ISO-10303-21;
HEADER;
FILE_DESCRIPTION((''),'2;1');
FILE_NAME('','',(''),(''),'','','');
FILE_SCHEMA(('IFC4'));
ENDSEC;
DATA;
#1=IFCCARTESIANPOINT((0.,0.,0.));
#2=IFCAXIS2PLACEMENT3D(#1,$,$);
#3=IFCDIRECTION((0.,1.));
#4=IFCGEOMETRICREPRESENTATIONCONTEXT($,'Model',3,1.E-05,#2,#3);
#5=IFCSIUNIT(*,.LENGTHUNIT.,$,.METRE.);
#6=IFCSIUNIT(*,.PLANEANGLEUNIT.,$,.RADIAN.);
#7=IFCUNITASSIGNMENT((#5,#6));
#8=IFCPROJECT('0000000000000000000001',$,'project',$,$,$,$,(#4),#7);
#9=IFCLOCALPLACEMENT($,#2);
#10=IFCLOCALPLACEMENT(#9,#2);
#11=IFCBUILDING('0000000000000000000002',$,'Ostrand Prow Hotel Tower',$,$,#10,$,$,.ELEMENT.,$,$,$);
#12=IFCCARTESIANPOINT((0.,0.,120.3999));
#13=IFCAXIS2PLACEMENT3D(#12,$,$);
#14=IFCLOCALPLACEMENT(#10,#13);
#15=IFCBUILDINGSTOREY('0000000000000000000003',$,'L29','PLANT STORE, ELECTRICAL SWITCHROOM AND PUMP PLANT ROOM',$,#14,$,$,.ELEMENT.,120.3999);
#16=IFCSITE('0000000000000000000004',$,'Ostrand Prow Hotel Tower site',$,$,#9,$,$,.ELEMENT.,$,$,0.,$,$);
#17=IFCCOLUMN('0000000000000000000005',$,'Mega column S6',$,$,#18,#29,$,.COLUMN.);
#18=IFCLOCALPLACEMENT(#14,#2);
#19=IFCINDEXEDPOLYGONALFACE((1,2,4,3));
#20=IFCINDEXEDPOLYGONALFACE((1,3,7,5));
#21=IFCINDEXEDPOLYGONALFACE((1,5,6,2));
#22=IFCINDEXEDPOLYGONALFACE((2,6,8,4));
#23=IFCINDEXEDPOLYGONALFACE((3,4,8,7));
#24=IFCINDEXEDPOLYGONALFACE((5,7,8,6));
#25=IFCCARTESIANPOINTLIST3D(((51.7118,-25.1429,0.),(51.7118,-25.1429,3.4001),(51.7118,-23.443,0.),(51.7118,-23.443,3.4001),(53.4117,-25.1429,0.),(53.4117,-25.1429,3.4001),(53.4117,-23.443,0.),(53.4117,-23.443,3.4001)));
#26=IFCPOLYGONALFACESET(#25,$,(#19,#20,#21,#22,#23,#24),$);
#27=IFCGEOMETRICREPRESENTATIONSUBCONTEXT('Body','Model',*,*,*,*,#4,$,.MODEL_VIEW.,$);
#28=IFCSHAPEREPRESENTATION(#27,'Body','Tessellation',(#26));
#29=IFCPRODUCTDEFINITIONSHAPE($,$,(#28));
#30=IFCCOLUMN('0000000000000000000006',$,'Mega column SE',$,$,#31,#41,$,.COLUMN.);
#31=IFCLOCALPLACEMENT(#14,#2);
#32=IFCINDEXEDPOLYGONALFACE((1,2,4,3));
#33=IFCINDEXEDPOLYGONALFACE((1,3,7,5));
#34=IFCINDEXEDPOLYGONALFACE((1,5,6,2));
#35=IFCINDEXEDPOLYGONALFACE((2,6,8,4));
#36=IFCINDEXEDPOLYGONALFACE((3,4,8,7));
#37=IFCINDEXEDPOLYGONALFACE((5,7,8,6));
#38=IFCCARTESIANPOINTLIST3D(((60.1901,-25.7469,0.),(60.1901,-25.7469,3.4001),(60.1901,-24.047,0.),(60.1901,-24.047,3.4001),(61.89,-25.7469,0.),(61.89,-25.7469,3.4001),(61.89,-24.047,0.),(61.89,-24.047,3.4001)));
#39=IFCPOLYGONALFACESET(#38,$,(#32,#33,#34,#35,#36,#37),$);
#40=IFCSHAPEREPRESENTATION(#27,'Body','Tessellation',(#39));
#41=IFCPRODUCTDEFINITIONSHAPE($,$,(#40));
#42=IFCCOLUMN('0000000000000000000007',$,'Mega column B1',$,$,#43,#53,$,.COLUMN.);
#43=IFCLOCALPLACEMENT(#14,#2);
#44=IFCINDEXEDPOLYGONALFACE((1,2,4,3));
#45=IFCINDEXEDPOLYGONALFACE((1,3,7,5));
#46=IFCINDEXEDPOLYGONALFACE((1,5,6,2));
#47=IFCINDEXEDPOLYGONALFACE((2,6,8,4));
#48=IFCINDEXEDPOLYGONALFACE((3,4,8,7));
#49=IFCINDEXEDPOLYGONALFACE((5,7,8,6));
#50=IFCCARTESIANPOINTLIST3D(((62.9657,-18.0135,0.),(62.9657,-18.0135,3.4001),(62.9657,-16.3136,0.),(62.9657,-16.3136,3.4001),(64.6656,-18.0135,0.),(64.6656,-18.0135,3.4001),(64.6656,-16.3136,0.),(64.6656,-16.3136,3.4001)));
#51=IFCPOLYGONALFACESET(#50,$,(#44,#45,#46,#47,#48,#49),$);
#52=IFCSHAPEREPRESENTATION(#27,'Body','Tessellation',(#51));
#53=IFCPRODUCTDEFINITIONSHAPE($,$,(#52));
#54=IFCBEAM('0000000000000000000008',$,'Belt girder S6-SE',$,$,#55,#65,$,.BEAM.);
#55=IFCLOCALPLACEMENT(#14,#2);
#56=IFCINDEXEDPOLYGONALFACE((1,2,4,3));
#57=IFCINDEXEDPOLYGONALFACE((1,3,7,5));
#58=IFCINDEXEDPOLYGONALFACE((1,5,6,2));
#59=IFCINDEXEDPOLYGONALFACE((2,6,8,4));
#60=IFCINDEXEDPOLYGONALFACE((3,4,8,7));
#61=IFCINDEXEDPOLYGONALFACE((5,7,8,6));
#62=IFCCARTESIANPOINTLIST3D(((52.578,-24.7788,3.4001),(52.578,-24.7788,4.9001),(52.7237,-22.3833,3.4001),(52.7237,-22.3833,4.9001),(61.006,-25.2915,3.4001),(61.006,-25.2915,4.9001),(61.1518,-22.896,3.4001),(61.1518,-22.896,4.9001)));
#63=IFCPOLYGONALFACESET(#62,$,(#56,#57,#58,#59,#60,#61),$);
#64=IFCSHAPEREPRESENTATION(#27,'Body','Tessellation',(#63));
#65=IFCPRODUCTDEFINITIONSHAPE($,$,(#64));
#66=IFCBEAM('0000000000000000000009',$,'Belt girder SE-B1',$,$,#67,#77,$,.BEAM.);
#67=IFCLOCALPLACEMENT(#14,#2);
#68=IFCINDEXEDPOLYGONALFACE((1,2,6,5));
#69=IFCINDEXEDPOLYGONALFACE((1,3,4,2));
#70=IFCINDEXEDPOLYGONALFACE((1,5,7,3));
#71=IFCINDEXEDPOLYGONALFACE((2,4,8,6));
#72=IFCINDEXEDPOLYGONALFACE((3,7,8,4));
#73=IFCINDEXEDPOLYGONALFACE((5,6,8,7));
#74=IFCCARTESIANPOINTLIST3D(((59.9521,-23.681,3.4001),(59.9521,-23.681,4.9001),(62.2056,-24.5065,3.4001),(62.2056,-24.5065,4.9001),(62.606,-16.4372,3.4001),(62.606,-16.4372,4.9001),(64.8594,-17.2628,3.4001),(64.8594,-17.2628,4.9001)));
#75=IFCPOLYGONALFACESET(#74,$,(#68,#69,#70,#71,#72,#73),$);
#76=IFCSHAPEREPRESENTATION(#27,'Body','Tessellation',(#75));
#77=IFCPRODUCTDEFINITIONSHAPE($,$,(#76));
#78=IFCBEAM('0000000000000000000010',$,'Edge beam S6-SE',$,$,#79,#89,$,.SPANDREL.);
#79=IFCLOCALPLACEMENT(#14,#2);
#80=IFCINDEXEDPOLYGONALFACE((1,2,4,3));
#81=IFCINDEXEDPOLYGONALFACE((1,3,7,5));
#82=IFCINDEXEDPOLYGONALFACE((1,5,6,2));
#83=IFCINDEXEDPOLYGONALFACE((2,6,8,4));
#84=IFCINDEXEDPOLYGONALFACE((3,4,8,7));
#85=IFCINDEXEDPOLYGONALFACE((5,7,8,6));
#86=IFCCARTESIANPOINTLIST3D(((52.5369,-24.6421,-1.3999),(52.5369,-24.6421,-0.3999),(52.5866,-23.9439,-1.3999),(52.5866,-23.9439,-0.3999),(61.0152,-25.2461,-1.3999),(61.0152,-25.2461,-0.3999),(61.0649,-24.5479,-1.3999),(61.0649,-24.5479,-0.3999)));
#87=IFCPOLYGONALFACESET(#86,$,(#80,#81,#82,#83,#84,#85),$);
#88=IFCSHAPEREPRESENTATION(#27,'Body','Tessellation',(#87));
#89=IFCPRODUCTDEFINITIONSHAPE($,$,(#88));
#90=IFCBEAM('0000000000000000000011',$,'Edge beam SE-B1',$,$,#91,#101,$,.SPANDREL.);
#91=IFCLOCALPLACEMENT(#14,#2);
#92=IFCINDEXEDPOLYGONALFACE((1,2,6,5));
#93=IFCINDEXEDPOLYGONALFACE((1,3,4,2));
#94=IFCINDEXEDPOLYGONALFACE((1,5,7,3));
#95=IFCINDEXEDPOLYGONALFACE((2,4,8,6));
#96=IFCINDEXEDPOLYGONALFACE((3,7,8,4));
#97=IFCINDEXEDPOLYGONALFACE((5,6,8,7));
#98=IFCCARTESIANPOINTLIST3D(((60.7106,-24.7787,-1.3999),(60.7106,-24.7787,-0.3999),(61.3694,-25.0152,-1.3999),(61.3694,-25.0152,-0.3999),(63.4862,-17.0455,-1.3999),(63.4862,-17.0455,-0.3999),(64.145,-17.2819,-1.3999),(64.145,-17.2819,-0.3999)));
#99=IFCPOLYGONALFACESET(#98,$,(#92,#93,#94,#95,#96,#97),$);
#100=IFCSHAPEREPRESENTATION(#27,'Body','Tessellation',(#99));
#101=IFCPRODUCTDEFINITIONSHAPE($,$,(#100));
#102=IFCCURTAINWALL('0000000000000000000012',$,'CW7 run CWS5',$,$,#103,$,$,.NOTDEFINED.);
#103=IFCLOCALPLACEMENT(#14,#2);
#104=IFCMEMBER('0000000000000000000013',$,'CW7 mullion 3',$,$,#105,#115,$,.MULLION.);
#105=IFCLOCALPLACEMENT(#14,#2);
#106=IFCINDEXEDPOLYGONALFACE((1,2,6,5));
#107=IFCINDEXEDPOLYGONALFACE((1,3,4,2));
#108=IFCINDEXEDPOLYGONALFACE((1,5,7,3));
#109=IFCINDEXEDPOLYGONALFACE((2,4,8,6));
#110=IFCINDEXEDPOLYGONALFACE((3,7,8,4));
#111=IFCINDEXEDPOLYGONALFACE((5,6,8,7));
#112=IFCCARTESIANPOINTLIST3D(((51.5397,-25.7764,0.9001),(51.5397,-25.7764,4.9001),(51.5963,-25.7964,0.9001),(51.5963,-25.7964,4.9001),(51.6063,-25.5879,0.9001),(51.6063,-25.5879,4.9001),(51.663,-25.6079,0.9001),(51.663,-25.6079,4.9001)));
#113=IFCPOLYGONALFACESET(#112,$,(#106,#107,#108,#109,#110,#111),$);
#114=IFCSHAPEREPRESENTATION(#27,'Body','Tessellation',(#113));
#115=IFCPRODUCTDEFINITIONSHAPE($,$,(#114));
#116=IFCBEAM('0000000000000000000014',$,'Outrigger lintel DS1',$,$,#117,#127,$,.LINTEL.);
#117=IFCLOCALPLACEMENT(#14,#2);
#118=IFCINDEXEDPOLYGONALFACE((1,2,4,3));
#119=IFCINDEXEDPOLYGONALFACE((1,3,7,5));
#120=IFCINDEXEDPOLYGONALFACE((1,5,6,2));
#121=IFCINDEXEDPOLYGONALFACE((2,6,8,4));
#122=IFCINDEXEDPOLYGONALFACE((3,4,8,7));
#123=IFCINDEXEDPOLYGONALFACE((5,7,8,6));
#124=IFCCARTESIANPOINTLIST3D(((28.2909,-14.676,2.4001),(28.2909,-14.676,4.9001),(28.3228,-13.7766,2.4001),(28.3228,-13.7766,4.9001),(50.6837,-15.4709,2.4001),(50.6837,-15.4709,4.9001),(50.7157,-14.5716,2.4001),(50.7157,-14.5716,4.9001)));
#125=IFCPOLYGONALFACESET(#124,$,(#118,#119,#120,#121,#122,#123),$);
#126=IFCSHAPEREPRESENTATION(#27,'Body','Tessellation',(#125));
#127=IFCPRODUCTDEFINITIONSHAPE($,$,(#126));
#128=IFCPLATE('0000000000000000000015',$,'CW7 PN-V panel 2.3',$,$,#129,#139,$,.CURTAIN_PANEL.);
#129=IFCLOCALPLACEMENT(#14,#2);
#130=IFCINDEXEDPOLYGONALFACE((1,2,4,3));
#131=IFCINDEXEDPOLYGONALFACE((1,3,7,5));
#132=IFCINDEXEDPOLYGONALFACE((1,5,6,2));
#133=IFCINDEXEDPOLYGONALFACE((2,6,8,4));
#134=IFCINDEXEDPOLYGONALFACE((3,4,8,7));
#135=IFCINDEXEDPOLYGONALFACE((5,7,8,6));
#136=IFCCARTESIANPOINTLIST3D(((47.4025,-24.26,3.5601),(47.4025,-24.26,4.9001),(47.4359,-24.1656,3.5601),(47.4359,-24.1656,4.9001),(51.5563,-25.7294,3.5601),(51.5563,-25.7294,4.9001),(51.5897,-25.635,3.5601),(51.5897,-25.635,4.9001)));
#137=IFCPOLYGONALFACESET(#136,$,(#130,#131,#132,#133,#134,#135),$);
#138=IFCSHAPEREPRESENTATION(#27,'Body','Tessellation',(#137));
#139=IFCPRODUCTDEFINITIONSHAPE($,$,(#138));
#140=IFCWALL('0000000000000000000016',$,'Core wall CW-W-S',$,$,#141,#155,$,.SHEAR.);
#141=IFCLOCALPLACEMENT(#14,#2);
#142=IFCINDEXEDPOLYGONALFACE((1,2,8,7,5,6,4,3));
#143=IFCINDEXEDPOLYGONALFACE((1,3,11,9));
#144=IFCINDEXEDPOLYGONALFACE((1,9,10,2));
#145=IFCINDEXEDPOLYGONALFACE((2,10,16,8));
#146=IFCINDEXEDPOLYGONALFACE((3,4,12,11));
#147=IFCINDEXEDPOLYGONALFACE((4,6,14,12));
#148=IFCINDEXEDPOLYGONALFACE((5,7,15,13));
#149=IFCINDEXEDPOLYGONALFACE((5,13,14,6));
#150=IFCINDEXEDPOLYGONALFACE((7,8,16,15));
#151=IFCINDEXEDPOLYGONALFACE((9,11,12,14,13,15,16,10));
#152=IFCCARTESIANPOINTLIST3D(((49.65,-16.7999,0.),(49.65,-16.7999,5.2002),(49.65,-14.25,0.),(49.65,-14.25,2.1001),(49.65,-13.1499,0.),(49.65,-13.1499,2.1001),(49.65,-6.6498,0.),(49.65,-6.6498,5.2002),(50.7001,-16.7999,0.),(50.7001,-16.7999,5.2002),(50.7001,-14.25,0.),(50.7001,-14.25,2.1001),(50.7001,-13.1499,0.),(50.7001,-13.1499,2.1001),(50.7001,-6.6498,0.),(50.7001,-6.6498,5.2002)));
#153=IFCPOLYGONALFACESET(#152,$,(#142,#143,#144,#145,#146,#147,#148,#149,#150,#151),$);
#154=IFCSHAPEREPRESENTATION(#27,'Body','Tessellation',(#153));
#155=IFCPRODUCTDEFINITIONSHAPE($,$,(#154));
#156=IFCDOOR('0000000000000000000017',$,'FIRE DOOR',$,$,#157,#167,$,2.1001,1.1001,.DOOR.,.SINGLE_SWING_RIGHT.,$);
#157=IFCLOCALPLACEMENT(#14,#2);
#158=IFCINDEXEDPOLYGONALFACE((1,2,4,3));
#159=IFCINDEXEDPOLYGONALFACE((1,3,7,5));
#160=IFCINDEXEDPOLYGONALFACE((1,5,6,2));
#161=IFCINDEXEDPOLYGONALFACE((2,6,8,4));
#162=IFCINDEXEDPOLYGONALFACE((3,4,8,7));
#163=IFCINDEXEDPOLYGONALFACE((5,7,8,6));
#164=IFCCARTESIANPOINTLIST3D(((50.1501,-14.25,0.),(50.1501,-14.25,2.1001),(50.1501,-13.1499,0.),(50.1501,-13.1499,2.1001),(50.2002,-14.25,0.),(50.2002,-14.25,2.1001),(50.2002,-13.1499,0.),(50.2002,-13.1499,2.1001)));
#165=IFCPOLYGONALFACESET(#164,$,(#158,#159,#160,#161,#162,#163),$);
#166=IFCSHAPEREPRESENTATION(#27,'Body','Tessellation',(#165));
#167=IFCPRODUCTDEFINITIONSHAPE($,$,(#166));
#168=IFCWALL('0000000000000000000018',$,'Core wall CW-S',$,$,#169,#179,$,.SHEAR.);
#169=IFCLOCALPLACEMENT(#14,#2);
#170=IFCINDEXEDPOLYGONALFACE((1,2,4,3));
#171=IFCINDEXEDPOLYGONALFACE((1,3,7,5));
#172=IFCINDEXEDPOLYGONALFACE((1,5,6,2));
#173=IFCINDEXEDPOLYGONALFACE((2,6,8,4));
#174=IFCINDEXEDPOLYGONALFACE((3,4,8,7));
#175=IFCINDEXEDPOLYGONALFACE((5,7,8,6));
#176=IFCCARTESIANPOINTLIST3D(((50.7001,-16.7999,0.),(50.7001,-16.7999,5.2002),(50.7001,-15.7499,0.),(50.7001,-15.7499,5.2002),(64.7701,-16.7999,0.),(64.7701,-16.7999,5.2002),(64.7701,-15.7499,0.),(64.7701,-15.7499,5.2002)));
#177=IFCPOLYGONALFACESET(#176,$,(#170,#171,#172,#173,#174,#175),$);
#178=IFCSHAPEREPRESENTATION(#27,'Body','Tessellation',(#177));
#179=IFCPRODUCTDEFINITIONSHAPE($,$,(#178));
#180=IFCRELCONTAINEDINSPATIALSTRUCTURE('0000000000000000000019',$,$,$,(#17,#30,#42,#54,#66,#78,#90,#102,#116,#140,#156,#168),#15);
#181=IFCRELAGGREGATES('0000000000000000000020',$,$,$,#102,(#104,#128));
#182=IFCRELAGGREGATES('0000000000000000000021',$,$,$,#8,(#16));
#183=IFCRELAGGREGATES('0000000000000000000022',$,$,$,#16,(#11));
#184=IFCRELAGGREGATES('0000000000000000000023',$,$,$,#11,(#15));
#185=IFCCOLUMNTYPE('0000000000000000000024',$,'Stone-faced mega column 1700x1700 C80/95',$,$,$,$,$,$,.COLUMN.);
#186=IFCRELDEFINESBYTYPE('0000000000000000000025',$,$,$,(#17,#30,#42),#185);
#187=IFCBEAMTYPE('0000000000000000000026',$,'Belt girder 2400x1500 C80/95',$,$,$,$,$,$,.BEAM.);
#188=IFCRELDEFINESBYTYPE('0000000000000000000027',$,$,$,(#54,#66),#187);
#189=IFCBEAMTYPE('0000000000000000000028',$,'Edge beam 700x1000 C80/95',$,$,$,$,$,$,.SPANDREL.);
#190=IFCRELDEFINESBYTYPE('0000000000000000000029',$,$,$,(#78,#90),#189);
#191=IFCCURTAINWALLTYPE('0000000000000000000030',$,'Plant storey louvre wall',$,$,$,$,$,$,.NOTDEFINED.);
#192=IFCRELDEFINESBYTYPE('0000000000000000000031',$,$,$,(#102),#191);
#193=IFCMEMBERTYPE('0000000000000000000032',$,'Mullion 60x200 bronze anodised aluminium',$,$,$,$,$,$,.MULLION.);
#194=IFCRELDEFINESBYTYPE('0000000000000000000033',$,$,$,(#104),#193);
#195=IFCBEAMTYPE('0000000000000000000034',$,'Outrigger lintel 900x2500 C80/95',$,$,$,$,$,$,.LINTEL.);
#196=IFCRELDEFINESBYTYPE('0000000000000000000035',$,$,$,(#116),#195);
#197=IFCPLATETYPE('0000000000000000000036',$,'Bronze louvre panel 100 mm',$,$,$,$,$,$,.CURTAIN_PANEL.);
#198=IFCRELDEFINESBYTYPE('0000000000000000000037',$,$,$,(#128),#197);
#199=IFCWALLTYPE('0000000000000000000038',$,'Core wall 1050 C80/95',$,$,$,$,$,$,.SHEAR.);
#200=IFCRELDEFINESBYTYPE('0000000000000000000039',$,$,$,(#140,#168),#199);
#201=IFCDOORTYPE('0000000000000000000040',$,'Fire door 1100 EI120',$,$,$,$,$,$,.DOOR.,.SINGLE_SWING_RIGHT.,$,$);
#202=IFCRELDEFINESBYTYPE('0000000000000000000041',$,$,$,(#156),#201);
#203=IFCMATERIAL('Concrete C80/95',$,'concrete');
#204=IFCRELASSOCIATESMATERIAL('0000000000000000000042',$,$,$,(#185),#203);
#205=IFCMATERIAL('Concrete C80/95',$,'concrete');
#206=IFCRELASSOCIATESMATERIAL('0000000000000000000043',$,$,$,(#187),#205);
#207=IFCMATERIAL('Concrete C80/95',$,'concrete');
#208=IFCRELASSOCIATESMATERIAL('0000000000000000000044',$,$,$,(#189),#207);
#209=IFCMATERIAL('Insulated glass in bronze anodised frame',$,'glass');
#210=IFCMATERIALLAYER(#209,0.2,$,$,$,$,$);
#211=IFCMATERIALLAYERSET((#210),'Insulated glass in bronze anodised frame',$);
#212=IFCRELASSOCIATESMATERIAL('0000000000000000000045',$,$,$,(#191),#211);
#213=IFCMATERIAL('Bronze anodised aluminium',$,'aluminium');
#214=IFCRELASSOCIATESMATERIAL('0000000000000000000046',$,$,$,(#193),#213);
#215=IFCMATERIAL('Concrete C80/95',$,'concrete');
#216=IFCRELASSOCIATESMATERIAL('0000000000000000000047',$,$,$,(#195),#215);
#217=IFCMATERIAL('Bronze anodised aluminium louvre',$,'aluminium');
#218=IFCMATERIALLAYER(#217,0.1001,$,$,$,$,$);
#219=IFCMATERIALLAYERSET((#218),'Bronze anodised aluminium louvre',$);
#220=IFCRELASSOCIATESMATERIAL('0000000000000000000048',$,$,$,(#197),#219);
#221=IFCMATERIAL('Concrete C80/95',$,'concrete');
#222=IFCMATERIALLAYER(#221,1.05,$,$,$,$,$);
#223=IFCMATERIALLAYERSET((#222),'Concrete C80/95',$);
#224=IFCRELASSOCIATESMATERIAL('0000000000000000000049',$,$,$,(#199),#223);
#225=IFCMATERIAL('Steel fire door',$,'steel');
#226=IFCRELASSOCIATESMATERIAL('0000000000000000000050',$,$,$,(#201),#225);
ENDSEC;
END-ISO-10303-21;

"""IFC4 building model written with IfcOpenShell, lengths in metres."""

from ifc_helpers import new_model, si_unit, direction, frame, frame_2d, origin, origin_2d, place, context, subcontext, project, spatial, rectangle, extrude, material, layer, layer_set, material_profile, profile_set, type_object, element, fill, aggregate, save


model = new_model("IFC4")

# Units and contexts
model_context = context("Model", 3, precision=1e-05, world=origin(), true_north=direction((0.0, 1.0)))
body_context = subcontext(model_context, "Body", "Model", "MODEL_VIEW")
ifc_project = project(units=[si_unit("LENGTHUNIT", "METRE"), si_unit("PLANEANGLEUNIT", "RADIAN")], contexts=[model_context])

# Site, building, storey
site_placement = place(None, origin())
site = spatial("IfcSite", under=ifc_project, at=site_placement, Name="Ostrand Prow Hotel Tower site", CompositionType="ELEMENT", RefElevation=0.0)
building_placement = place(site_placement, origin())
building = spatial("IfcBuilding", under=site, at=building_placement, Name="Ostrand Prow Hotel Tower", CompositionType="ELEMENT")
storey_placement = place(building_placement, frame((0.0, 0.0, 120.3999)))
storey = spatial("IfcBuildingStorey", under=building, at=storey_placement, Name="L29", Description="PLANT STORE, ELECTRICAL SWITCHROOM AND PUMP PLANT ROOM", CompositionType="ELEMENT", Elevation=120.3999)

# Columns
ifc_material_1 = material(Name="Concrete C80/95", Category="concrete")
ifc_material_profile_1 = material_profile(ifc_material_1, rectangle(XDim=1.7, YDim=1.7, at=origin_2d()), Name="RC 1700x1700")
ifc_profile_set_1 = profile_set([ifc_material_profile_1], Name="Concrete C80/95")
column_type = type_object("IfcColumnType", Name="Stone-faced mega column 1700x1700 C80/95", PredefinedType="COLUMN", material=ifc_profile_set_1)
for number, where, z_axis, x_axis, name in (
    (1, (52.5618, -24.293, 0.0), (0.0, 0.0, 1.0), (1.0, 0.0, 0.0), "Mega column S6"),
    (2, (61.04, -24.897, 0.0), (0.0, 0.0, 1.0), (1.0, 0.0, 0.0), "Mega column SE"),
    (3, (63.8157, -17.1636, 0.0), (0.0, 0.0, 1.0), (1.0, 0.0, 0.0), "Mega column B1"),
):
    element("IfcColumn", number, at=place(storey_placement, frame(where, z_axis=z_axis, x_axis=x_axis)), inside=storey, type_object=column_type, Name=name, PredefinedType="COLUMN", context=body_context, shape_type="SweptSolid", body=[
        extrude(rectangle(XDim=1.7, YDim=1.7, at=origin_2d()), origin(), (0.0, 0.0, 1.0), 3.4001),
    ])

# Beams
ifc_material_2 = material(Name="Concrete C80/95", Category="concrete")
ifc_material_profile_2 = material_profile(ifc_material_2, rectangle(XDim=2.3999, YDim=1.5, at=origin_2d()), Name="RC 2400x1500")
ifc_profile_set_2 = profile_set([ifc_material_profile_2], Name="Concrete C80/95")
beam_type_1 = type_object("IfcBeamType", Name="Belt girder 2400x1500 C80/95", PredefinedType="BEAM", material=ifc_profile_set_2)
beam_1_placement = place(storey_placement, frame((52.6509, -23.5811, 4.1501), z_axis=(0.998155, -0.06072, 0.0), x_axis=(0.06072, 0.998155, 0.0)))
element("IfcBeam", 4, at=beam_1_placement, inside=storey, type_object=beam_type_1, Name="Belt girder S6-SE", PredefinedType="BEAM", context=body_context, shape_type="SweptSolid", body=[
    extrude(rectangle(XDim=2.3999, YDim=1.5, at=origin_2d()), origin(), (0.0, 0.0, 1.0), 8.4436),
])
beam_2_placement = place(storey_placement, frame((61.0789, -24.0938, 4.1501), z_axis=(0.344004, 0.938968, 0.0), x_axis=(-0.938968, 0.344004, 0.0)))
element("IfcBeam", 5, at=beam_2_placement, inside=storey, type_object=beam_type_1, Name="Belt girder SE-B1", PredefinedType="BEAM", context=body_context, shape_type="SweptSolid", body=[
    extrude(rectangle(XDim=2.3999, YDim=1.5, at=origin_2d()), origin(), (0.0, 0.0, 1.0), 7.7146),
])
ifc_material_3 = material(Name="Concrete C80/95", Category="concrete")
ifc_material_profile_3 = material_profile(ifc_material_3, rectangle(XDim=0.7, YDim=1.0, at=origin_2d()), Name="RC 700x1000")
ifc_profile_set_3 = profile_set([ifc_material_profile_3], Name="Concrete C80/95")
beam_type_2 = type_object("IfcBeamType", Name="Edge beam 700x1000 C80/95", PredefinedType="SPANDREL", material=ifc_profile_set_3)
beam_3_placement = place(storey_placement, frame((52.5618, -24.293, -0.8999), z_axis=(0.997472, -0.071061, 0.0), x_axis=(0.071061, 0.997472, 0.0)))
element("IfcBeam", 6, at=beam_3_placement, inside=storey, type_object=beam_type_2, Name="Edge beam S6-SE", PredefinedType="SPANDREL", context=body_context, shape_type="SweptSolid", body=[
    extrude(rectangle(XDim=0.7, YDim=1.0, at=origin_2d()), origin(), (0.0, 0.0, 1.0), 8.4998),
])
beam_4_placement = place(storey_placement, frame((61.04, -24.897, -0.8999), z_axis=(0.337815, 0.941212, 0.0), x_axis=(-0.941212, 0.337815, 0.0)))
element("IfcBeam", 7, at=beam_4_placement, inside=storey, type_object=beam_type_2, Name="Edge beam SE-B1", PredefinedType="SPANDREL", context=body_context, shape_type="SweptSolid", body=[
    extrude(rectangle(XDim=0.7, YDim=1.0, at=origin_2d()), origin(), (0.0, 0.0, 1.0), 8.2163),
])

# Curtain wall, member
ifc_material_4 = material(Name="Insulated glass in bronze anodised frame", Category="glass")
ifc_layer_1 = layer(ifc_material_4, 0.2)
ifc_layer_set_1 = layer_set([ifc_layer_1], Name="Insulated glass in bronze anodised frame")
curtain_wall_type = type_object("IfcCurtainWallType", Name="Plant storey louvre wall", PredefinedType="NOTDEFINED", material=ifc_layer_set_1)
curtain_wall_placement = place(storey_placement, origin())
curtain_wall = element("IfcCurtainWall", 8, at=curtain_wall_placement, inside=storey, type_object=curtain_wall_type, Name="CW7 run CWS5", PredefinedType="NOTDEFINED")
ifc_material_5 = material(Name="Bronze anodised aluminium", Category="aluminium")
ifc_material_profile_4 = material_profile(ifc_material_5, rectangle(XDim=0.2, YDim=0.0601, at=origin_2d()), Name="Mullion 60x200 bronze anodised aluminium")
ifc_profile_set_4 = profile_set([ifc_material_profile_4], Name="Bronze anodised aluminium")
member_type = type_object("IfcMemberType", Name="Mullion 60x200 bronze anodised aluminium", PredefinedType="MULLION", material=ifc_profile_set_4)
member_placement = place(storey_placement, frame((51.6013, -25.6921, 0.9001), z_axis=(0.0, 0.0, 1.0), x_axis=(0.333496, 0.942752, 0.0)))
member = element("IfcMember", 9, at=member_placement, type_object=member_type, Name="CW7 mullion 3", PredefinedType="MULLION", context=body_context, shape_type="SweptSolid", body=[
    extrude(rectangle(XDim=0.2, YDim=0.0601, at=origin_2d()), origin(), (0.0, 0.0, 1.0), 4.0),
])

# Beam
ifc_material_6 = material(Name="Concrete C80/95", Category="concrete")
ifc_material_profile_5 = material_profile(ifc_material_6, rectangle(XDim=0.8999, YDim=2.5, at=origin_2d()), Name="RC 900x2500")
ifc_profile_set_5 = profile_set([ifc_material_profile_5], Name="Concrete C80/95")
beam_type_3 = type_object("IfcBeamType", Name="Outrigger lintel 900x2500 C80/95", PredefinedType="LINTEL", material=ifc_profile_set_5)
beam_5_placement = place(storey_placement, frame((50.6997, -15.0212, 3.6501), z_axis=(-0.999371, 0.035477, 0.0), x_axis=(-0.035477, -0.999371, 0.0)))
element("IfcBeam", 10, at=beam_5_placement, inside=storey, type_object=beam_type_3, Name="Outrigger lintel DS1", PredefinedType="LINTEL", context=body_context, shape_type="SweptSolid", body=[
    extrude(rectangle(XDim=0.8999, YDim=2.5, at=origin_2d()), origin(), (0.0, 0.0, 1.0), 22.407),
])

# Plate
ifc_material_7 = material(Name="Bronze anodised aluminium louvre", Category="aluminium")
ifc_layer_2 = layer(ifc_material_7, 0.1001)
ifc_layer_set_2 = layer_set([ifc_layer_2], Name="Bronze anodised aluminium louvre")
plate_type = type_object("IfcPlateType", Name="Bronze louvre panel 100 mm", PredefinedType="CURTAIN_PANEL", material=ifc_layer_set_2)
plate_placement = place(storey_placement, frame((49.4961, -24.9475, 3.5601), z_axis=(0.0, 0.0, 1.0), x_axis=(0.942752, -0.333496, 0.0)))
plate = element("IfcPlate", 11, at=plate_placement, type_object=plate_type, Name="CW7 PN-V panel 2.3", PredefinedType="CURTAIN_PANEL", context=body_context, shape_type="SweptSolid", body=[
    extrude(rectangle(XDim=4.406, YDim=0.1001, at=origin_2d()), origin(), (0.0, 0.0, 1.0), 1.3401),
])
aggregate(curtain_wall, [member, plate])

# Wall, opening, door
ifc_material_8 = material(Name="Concrete C80/95", Category="concrete")
ifc_layer_3 = layer(ifc_material_8, 1.05)
ifc_layer_set_3 = layer_set([ifc_layer_3], Name="Concrete C80/95")
wall_type_1 = type_object("IfcWallType", Name="Core wall 1050 C80/95", PredefinedType="SHEAR", material=ifc_layer_set_3)
wall_1_placement = place(storey_placement, frame((50.175, -16.8, 0.0), z_axis=(0.0, 0.0, 1.0), x_axis=(0.0, 1.0, 0.0)))
wall_1 = element("IfcWall", 12, at=wall_1_placement, inside=storey, type_object=wall_type_1, Name="Core wall CW-W-S", PredefinedType="SHEAR", context=body_context, shape_type="SweptSolid", body=[
    extrude(rectangle(XDim=10.1501, YDim=1.05, at=frame_2d((5.0752, 0.0))), origin(), (0.0, 0.0, 1.0), 5.2002),
])
opening_1_placement = place(wall_1_placement, frame((2.55, 0.0, 0.0)))
opening_1 = element("IfcOpeningElement", 13, at=opening_1_placement, cuts=wall_1, PredefinedType="OPENING", context=body_context, shape_type="SweptSolid", body=[
    extrude(rectangle(XDim=1.1001, YDim=2.1001, at=frame_2d((0.55, 1.05))), frame((0.0, 0.5349, 0.0), z_axis=(0.0, -1.0, 0.0), x_axis=(1.0, 0.0, 0.0)), (0.0, 0.0, 1.0), 1.0701),
])
ifc_material_9 = material(Name="Steel fire door", Category="steel")
door_type_1 = type_object("IfcDoorType", Name="Fire door 1100 EI120", OperationType="SINGLE_SWING_RIGHT", PredefinedType="DOOR", material=ifc_material_9)
door_1_placement = place(opening_1_placement, origin())
door_1 = element("IfcDoor", 14, at=door_1_placement, inside=storey, type_object=door_type_1, Name="FIRE DOOR", OperationType="SINGLE_SWING_RIGHT", OverallHeight=2.1001, OverallWidth=1.1001, PredefinedType="DOOR", context=body_context, shape_type="SweptSolid", body=[
    extrude(rectangle(XDim=1.1001, YDim=2.1001, at=frame_2d((0.55, 1.05))), frame((0.0, 0.0249, 0.0), z_axis=(0.0, -1.0, 0.0), x_axis=(1.0, 0.0, 0.0)), (0.0, 0.0, 1.0), 0.05),
])
fill(opening_1, door_1)

# Wall
wall_2_placement = place(storey_placement, frame((50.7, -16.2749, 0.0), z_axis=(0.0, 0.0, 1.0), x_axis=(1.0, 0.0, 0.0)))
element("IfcWall", 15, at=wall_2_placement, inside=storey, type_object=wall_type_1, Name="Core wall CW-S", PredefinedType="SHEAR", context=body_context, shape_type="SweptSolid", body=[
    extrude(rectangle(XDim=14.0701, YDim=1.05, at=frame_2d((7.0352, 0.0))), origin(), (0.0, 0.0, 1.0), 5.2002),
])

save(model, "model.ifc")
